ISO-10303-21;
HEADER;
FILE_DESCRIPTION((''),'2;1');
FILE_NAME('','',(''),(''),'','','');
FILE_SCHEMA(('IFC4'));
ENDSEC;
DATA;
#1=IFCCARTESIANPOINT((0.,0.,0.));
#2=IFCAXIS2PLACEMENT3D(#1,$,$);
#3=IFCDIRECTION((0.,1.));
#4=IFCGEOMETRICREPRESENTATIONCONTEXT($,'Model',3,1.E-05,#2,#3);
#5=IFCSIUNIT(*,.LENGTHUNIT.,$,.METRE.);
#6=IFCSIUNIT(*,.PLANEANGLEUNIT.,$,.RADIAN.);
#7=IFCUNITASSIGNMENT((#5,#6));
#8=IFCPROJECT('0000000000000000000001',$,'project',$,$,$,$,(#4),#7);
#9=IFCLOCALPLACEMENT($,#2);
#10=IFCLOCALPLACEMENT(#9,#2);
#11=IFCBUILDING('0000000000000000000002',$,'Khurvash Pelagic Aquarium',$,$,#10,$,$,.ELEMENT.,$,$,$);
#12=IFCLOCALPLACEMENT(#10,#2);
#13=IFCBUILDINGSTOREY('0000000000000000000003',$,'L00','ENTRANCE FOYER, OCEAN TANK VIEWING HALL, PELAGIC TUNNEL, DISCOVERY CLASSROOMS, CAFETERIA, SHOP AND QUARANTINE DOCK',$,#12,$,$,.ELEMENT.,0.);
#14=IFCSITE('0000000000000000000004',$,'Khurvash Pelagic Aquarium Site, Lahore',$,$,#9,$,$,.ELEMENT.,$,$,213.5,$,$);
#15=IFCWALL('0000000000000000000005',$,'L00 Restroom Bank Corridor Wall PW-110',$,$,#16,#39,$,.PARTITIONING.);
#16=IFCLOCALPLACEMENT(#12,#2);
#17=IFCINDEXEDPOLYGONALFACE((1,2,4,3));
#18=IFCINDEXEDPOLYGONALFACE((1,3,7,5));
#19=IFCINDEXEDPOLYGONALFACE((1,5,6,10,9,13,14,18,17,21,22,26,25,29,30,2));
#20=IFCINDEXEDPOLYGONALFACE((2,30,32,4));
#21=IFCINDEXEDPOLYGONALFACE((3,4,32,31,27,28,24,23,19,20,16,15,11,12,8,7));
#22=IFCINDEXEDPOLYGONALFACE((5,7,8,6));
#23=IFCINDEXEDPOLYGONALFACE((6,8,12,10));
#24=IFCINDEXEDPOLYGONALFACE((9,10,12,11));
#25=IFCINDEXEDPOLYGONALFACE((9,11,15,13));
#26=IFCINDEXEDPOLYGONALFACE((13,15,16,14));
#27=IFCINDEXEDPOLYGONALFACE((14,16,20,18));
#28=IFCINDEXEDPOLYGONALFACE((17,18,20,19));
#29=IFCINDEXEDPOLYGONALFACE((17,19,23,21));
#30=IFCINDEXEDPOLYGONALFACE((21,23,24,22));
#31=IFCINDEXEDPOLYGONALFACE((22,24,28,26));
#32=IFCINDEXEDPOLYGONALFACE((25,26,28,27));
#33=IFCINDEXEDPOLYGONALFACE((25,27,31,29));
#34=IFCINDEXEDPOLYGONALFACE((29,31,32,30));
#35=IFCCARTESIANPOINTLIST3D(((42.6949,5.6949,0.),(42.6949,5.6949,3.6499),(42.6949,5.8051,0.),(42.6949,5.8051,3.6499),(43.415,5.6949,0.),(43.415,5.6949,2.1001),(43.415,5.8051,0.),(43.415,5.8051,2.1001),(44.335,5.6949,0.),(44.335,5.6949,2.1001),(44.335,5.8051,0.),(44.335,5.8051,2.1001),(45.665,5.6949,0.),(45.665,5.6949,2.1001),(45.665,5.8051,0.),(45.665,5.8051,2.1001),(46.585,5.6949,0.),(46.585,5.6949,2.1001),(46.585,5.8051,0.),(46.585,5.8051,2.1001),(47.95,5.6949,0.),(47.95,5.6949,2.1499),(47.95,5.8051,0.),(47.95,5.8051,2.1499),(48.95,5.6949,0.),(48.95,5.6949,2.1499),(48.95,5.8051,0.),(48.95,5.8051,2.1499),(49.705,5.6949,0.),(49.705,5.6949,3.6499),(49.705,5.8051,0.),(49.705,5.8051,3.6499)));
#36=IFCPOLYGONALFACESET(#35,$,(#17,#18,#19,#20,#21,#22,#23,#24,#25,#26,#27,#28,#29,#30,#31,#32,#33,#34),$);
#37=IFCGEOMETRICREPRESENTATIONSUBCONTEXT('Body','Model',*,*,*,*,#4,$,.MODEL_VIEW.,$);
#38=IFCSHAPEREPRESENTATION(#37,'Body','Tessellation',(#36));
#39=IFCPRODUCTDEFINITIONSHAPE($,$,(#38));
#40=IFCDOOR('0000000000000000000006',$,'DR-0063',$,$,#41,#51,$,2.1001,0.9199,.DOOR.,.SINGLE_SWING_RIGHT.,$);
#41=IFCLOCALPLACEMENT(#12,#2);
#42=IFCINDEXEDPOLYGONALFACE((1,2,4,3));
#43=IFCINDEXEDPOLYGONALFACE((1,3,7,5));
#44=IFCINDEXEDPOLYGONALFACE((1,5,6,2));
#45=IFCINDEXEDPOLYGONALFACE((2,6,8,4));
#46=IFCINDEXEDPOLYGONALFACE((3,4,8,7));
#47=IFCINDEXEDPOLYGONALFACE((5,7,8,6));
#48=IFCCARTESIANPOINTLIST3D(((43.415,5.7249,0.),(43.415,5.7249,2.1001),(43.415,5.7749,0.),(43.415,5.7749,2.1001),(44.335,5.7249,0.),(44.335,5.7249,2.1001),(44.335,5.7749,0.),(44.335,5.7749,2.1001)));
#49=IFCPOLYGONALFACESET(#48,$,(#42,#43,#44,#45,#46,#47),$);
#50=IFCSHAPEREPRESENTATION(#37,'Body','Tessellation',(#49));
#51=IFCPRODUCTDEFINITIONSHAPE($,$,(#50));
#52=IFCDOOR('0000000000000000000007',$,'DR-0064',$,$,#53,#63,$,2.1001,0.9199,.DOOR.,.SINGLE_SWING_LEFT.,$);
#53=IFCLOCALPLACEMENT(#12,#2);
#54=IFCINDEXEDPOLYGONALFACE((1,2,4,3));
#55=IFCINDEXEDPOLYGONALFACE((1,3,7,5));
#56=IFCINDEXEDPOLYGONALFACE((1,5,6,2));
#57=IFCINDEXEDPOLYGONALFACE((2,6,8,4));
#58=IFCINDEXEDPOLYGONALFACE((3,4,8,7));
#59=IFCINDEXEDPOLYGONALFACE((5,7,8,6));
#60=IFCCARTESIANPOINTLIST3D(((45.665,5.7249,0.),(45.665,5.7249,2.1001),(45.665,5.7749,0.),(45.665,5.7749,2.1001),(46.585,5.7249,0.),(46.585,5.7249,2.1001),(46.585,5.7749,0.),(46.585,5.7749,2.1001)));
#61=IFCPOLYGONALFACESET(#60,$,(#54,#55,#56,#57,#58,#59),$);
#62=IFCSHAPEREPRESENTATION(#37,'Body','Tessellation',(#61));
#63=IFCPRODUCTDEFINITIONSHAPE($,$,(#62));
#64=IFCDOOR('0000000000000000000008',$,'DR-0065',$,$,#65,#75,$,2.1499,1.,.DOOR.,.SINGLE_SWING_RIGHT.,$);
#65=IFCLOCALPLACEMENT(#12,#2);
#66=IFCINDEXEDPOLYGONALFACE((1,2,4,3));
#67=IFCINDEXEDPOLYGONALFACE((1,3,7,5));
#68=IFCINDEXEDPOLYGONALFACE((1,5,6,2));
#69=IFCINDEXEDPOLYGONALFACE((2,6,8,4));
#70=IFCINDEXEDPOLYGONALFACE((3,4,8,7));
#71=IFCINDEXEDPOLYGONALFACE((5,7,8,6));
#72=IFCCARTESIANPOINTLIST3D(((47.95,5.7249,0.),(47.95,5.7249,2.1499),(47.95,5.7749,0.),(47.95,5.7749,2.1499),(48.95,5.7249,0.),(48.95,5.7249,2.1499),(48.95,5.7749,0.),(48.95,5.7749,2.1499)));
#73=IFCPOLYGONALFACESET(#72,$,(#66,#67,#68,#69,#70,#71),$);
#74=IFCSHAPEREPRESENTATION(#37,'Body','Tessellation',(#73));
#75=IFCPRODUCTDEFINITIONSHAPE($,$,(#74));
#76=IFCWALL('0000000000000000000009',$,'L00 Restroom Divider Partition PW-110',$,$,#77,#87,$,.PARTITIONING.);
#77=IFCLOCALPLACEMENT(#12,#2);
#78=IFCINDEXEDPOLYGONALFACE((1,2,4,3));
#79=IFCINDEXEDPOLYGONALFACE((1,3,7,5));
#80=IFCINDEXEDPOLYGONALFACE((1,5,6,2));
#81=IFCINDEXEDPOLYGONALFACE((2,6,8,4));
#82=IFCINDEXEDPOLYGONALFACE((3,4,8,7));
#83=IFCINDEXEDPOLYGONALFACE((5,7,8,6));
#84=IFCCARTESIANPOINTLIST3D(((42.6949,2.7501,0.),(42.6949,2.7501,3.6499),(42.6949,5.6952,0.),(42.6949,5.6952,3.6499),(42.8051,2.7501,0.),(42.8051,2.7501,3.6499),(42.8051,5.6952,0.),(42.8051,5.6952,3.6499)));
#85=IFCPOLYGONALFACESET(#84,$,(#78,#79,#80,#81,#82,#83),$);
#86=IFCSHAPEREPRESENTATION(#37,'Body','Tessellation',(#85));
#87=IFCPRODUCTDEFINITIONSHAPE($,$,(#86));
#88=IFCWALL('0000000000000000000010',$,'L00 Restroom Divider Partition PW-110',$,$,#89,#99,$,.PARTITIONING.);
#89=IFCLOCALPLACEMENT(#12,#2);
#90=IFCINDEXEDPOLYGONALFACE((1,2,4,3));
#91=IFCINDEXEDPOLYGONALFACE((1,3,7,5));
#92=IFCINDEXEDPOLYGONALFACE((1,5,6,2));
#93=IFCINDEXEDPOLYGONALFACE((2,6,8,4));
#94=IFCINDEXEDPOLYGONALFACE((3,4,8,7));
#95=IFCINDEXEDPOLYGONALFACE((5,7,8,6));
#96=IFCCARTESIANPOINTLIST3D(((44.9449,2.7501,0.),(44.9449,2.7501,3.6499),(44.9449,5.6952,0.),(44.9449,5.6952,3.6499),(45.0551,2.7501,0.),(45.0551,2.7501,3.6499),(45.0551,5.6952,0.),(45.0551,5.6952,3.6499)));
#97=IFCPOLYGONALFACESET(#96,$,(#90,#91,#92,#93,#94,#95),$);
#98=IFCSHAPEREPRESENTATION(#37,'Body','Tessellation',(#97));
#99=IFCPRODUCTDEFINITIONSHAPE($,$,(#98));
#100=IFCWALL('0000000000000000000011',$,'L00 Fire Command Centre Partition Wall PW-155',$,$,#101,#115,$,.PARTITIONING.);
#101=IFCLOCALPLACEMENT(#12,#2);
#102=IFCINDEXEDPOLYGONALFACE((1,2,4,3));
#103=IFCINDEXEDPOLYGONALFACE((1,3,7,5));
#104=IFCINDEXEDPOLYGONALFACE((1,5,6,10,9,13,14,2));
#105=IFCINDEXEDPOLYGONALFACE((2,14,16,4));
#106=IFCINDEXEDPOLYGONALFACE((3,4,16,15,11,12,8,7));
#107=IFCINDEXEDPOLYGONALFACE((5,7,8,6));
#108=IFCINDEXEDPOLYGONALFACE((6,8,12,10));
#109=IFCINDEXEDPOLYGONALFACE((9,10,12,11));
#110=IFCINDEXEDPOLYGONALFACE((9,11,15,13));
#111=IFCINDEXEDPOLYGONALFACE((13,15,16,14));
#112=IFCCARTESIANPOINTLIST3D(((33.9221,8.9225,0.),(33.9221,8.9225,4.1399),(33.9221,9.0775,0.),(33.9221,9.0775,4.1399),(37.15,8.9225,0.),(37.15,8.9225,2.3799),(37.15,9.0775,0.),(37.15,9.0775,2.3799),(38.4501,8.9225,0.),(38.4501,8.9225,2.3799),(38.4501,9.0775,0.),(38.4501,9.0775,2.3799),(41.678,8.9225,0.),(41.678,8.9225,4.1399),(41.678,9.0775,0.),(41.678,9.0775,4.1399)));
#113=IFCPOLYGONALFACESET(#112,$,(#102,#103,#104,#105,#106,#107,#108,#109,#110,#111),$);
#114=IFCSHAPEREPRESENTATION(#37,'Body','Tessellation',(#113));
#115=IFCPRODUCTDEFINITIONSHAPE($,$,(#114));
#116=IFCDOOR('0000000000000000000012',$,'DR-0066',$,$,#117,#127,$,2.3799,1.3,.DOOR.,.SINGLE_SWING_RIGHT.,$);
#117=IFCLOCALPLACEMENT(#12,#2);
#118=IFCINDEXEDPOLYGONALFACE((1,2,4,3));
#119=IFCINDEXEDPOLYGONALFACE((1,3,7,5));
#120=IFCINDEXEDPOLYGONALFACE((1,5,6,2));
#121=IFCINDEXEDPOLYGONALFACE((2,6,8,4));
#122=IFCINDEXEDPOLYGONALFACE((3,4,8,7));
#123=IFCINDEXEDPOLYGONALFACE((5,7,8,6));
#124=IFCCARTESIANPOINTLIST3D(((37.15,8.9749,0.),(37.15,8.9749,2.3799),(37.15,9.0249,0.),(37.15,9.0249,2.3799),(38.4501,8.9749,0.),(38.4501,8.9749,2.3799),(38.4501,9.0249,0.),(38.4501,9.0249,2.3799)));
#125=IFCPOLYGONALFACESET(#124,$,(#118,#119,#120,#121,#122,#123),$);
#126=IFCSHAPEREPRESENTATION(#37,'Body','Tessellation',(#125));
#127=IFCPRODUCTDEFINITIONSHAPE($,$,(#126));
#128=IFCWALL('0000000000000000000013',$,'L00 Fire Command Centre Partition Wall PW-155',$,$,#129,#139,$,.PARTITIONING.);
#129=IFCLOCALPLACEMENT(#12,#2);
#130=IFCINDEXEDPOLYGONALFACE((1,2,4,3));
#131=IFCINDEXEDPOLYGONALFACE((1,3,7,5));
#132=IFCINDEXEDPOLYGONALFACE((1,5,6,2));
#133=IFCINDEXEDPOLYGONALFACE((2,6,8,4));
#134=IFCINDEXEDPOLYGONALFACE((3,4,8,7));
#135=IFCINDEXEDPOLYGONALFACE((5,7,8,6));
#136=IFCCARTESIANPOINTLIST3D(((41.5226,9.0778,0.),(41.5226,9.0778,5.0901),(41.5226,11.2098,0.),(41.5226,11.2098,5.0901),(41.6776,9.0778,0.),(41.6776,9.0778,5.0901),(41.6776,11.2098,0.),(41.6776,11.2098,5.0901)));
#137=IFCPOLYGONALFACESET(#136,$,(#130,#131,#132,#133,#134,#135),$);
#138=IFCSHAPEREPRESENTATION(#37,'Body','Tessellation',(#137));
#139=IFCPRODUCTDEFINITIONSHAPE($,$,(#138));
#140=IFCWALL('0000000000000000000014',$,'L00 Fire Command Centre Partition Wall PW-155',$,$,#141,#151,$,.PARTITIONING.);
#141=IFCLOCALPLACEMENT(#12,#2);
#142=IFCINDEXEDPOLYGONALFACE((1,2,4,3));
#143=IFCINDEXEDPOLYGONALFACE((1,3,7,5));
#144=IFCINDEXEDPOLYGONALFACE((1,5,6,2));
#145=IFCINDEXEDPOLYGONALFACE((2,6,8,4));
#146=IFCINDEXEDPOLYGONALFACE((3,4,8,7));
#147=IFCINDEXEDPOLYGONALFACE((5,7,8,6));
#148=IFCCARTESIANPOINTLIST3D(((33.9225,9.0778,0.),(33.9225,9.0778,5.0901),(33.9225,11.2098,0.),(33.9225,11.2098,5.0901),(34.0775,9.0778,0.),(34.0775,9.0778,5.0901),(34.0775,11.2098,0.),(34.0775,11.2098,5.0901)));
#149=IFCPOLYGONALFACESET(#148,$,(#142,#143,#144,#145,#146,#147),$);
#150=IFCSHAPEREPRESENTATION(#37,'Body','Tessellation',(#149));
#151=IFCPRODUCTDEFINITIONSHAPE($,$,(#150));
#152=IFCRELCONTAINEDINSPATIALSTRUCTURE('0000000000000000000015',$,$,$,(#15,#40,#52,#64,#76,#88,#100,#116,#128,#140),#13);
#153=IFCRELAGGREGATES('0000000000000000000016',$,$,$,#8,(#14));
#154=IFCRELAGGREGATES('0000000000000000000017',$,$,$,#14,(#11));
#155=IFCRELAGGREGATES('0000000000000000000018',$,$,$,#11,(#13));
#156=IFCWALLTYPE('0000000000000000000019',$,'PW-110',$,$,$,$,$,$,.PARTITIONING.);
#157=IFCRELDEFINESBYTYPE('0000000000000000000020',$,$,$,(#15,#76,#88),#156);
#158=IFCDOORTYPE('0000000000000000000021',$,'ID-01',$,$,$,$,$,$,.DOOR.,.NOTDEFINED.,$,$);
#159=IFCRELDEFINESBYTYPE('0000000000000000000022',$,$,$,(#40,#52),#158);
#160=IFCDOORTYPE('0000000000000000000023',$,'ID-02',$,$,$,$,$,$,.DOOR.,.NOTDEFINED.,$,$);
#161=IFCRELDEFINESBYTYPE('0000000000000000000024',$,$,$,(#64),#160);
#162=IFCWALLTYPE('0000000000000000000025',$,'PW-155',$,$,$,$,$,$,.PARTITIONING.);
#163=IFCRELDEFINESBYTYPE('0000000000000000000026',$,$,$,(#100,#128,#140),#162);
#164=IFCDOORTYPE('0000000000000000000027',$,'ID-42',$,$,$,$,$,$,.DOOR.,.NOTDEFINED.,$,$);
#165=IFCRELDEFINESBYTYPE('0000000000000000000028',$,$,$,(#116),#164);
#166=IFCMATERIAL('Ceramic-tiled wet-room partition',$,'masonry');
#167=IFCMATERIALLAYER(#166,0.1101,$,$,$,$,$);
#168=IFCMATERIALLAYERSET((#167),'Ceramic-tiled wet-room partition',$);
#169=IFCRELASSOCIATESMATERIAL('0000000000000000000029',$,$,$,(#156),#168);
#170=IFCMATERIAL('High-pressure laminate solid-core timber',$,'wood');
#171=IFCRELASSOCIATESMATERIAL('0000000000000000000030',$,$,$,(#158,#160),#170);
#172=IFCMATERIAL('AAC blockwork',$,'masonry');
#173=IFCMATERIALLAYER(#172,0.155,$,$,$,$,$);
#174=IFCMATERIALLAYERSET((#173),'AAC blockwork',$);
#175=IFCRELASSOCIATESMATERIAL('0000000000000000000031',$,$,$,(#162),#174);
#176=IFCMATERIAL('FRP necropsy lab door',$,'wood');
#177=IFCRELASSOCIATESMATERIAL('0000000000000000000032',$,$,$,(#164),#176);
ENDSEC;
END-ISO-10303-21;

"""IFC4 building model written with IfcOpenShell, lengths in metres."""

from ifc_helpers import new_model, si_unit, direction, frame, frame_2d, origin, place, context, subcontext, project, spatial, rectangle, extrude, material, layer, layer_set, type_object, element, fill, save


model = new_model("IFC4")

# Units and contexts
model_context = context("Model", 3, precision=1e-05, world=origin(), true_north=direction((0.0, 1.0)))
body_context = subcontext(model_context, "Body", "Model", "MODEL_VIEW")
ifc_project = project(units=[si_unit("LENGTHUNIT", "METRE"), si_unit("PLANEANGLEUNIT", "RADIAN")], contexts=[model_context])

# Site, building, storey
site_placement = place(None, origin())
site = spatial("IfcSite", under=ifc_project, at=site_placement, Name="Khurvash Pelagic Aquarium Site, Lahore", CompositionType="ELEMENT", RefElevation=213.5)
building_placement = place(site_placement, origin())
building = spatial("IfcBuilding", under=site, at=building_placement, Name="Khurvash Pelagic Aquarium", CompositionType="ELEMENT")
storey_placement = place(building_placement, origin())
storey = spatial("IfcBuildingStorey", under=building, at=storey_placement, Name="L00", Description="ENTRANCE FOYER, OCEAN TANK VIEWING HALL, PELAGIC TUNNEL, DISCOVERY CLASSROOMS, CAFETERIA, SHOP AND QUARANTINE DOCK", CompositionType="ELEMENT", Elevation=0.0)

# Wall, openings, doors
ifc_material_1 = material(Name="Ceramic-tiled wet-room partition", Category="masonry")
ifc_layer_1 = layer(ifc_material_1, 0.1101)
ifc_layer_set_1 = layer_set([ifc_layer_1], Name="Ceramic-tiled wet-room partition")
wall_type_1 = type_object("IfcWallType", Name="PW-110", PredefinedType="PARTITIONING", material=ifc_layer_set_1)
wall_1_placement = place(storey_placement, frame((42.6951, 5.75, 0.0), z_axis=(0.0, 0.0, 1.0), x_axis=(1.0, 0.0, 0.0)))
wall_1 = element("IfcWall", 1, at=wall_1_placement, inside=storey, type_object=wall_type_1, Name="L00 Restroom Bank Corridor Wall PW-110", PredefinedType="PARTITIONING", context=body_context, shape_type="SweptSolid", body=[
    extrude(rectangle(XDim=7.01, YDim=0.1101, at=frame_2d((3.5049, 0.0))), origin(), (0.0, 0.0, 1.0), 3.6499),
])
opening_1_placement = place(wall_1_placement, frame((0.72, 0.0, 0.0)))
opening_1 = element("IfcOpeningElement", 2, at=opening_1_placement, cuts=wall_1, PredefinedType="OPENING", context=body_context, shape_type="SweptSolid", body=[
    extrude(rectangle(XDim=0.9199, YDim=2.1001, at=frame_2d((0.46, 1.05))), frame((0.0, 0.0649, 0.0), z_axis=(0.0, -1.0, 0.0), x_axis=(1.0, 0.0, 0.0)), (0.0, 0.0, 1.0), 0.1301),
])
opening_2_placement = place(wall_1_placement, frame((2.97, 0.0, 0.0)))
opening_2 = element("IfcOpeningElement", 3, at=opening_2_placement, cuts=wall_1, PredefinedType="OPENING", context=body_context, shape_type="SweptSolid", body=[
    extrude(rectangle(XDim=0.9199, YDim=2.1001, at=frame_2d((0.46, 1.05))), frame((0.0, 0.0649, 0.0), z_axis=(0.0, -1.0, 0.0), x_axis=(1.0, 0.0, 0.0)), (0.0, 0.0, 1.0), 0.1301),
])
opening_3_placement = place(wall_1_placement, frame((5.2549, 0.0, 0.0)))
opening_3 = element("IfcOpeningElement", 4, at=opening_3_placement, cuts=wall_1, PredefinedType="OPENING", context=body_context, shape_type="SweptSolid", body=[
    extrude(rectangle(XDim=1.0, YDim=2.1499, at=frame_2d((0.5, 1.075))), frame((0.0, 0.0649, 0.0), z_axis=(0.0, -1.0, 0.0), x_axis=(1.0, 0.0, 0.0)), (0.0, 0.0, 1.0), 0.1301),
])
ifc_material_2 = material(Name="High-pressure laminate solid-core timber", Category="wood")
door_type_1 = type_object("IfcDoorType", Name="ID-01", OperationType="NOTDEFINED", PredefinedType="DOOR", material=ifc_material_2)
door_1_placement = place(opening_1_placement, origin())
door_1 = element("IfcDoor", 5, at=door_1_placement, inside=storey, type_object=door_type_1, Name="DR-0063", OperationType="SINGLE_SWING_RIGHT", OverallHeight=2.1001, OverallWidth=0.9199, PredefinedType="DOOR", context=body_context, shape_type="SweptSolid", body=[
    extrude(rectangle(XDim=0.9199, YDim=2.1001, at=frame_2d((0.46, 1.05))), frame((0.0, 0.0249, 0.0), z_axis=(0.0, -1.0, 0.0), x_axis=(1.0, 0.0, 0.0)), (0.0, 0.0, 1.0), 0.05),
])
fill(opening_1, door_1)
door_2_placement = place(opening_2_placement, origin())
door_2 = element("IfcDoor", 6, at=door_2_placement, inside=storey, type_object=door_type_1, Name="DR-0064", OperationType="SINGLE_SWING_LEFT", OverallHeight=2.1001, OverallWidth=0.9199, PredefinedType="DOOR", context=body_context, shape_type="SweptSolid", body=[
    extrude(rectangle(XDim=0.9199, YDim=2.1001, at=frame_2d((0.46, 1.05))), frame((0.0, 0.0249, 0.0), z_axis=(0.0, -1.0, 0.0), x_axis=(1.0, 0.0, 0.0)), (0.0, 0.0, 1.0), 0.05),
])
fill(opening_2, door_2)
door_type_2 = type_object("IfcDoorType", Name="ID-02", OperationType="NOTDEFINED", PredefinedType="DOOR", material=ifc_material_2)
door_3_placement = place(opening_3_placement, origin())
door_3 = element("IfcDoor", 7, at=door_3_placement, inside=storey, type_object=door_type_2, Name="DR-0065", OperationType="SINGLE_SWING_RIGHT", OverallHeight=2.1499, OverallWidth=1.0, PredefinedType="DOOR", context=body_context, shape_type="SweptSolid", body=[
    extrude(rectangle(XDim=1.0, YDim=2.1499, at=frame_2d((0.5, 1.075))), frame((0.0, 0.0249, 0.0), z_axis=(0.0, -1.0, 0.0), x_axis=(1.0, 0.0, 0.0)), (0.0, 0.0, 1.0), 0.05),
])
fill(opening_3, door_3)

# Walls
for number, where, z_axis, x_axis, name in (
    (8, (42.75, 2.75, 0.0), (0.0, 0.0, 1.0), (0.0, 1.0, 0.0), "L00 Restroom Divider Partition PW-110"),
    (9, (45.0, 2.75, 0.0), (0.0, 0.0, 1.0), (0.0, 1.0, 0.0), "L00 Restroom Divider Partition PW-110"),
):
    element("IfcWall", number, at=place(storey_placement, frame(where, z_axis=z_axis, x_axis=x_axis)), inside=storey, type_object=wall_type_1, Name=name, PredefinedType="PARTITIONING", context=body_context, shape_type="SweptSolid", body=[
        extrude(rectangle(XDim=2.9451, YDim=0.1101, at=frame_2d((1.4727, 0.0))), origin(), (0.0, 0.0, 1.0), 3.6499),
    ])

# Wall, opening, door
ifc_material_3 = material(Name="AAC blockwork", Category="masonry")
ifc_layer_2 = layer(ifc_material_3, 0.155)
ifc_layer_set_2 = layer_set([ifc_layer_2], Name="AAC blockwork")
wall_type_2 = type_object("IfcWallType", Name="PW-155", PredefinedType="PARTITIONING", material=ifc_layer_set_2)
wall_2_placement = place(storey_placement, frame((33.9221, 9.0, 0.0), z_axis=(0.0, 0.0, 1.0), x_axis=(1.0, 0.0, 0.0)))
wall_2 = element("IfcWall", 10, at=wall_2_placement, inside=storey, type_object=wall_type_2, Name="L00 Fire Command Centre Partition Wall PW-155", PredefinedType="PARTITIONING", context=body_context, shape_type="SweptSolid", body=[
    extrude(rectangle(XDim=7.7559, YDim=0.155, at=frame_2d((3.8779, 0.0))), origin(), (0.0, 0.0, 1.0), 4.1399),
])
opening_4_placement = place(wall_2_placement, frame((3.228, 0.0, 0.0)))
opening_4 = element("IfcOpeningElement", 11, at=opening_4_placement, cuts=wall_2, PredefinedType="OPENING", context=body_context, shape_type="SweptSolid", body=[
    extrude(rectangle(XDim=1.3, YDim=2.3799, at=frame_2d((0.6499, 1.1899))), frame((0.0, 0.0874, 0.0), z_axis=(0.0, -1.0, 0.0), x_axis=(1.0, 0.0, 0.0)), (0.0, 0.0, 1.0), 0.175),
])
ifc_material_4 = material(Name="FRP necropsy lab door", Category="wood")
door_type_3 = type_object("IfcDoorType", Name="ID-42", OperationType="NOTDEFINED", PredefinedType="DOOR", material=ifc_material_4)
door_4_placement = place(opening_4_placement, origin())
door_4 = element("IfcDoor", 12, at=door_4_placement, inside=storey, type_object=door_type_3, Name="DR-0066", OperationType="SINGLE_SWING_RIGHT", OverallHeight=2.3799, OverallWidth=1.3, PredefinedType="DOOR", context=body_context, shape_type="SweptSolid", body=[
    extrude(rectangle(XDim=1.3, YDim=2.3799, at=frame_2d((0.6499, 1.1899))), frame((0.0, 0.0249, 0.0), z_axis=(0.0, -1.0, 0.0), x_axis=(1.0, 0.0, 0.0)), (0.0, 0.0, 1.0), 0.05),
])
fill(opening_4, door_4)

# Walls
for number, where, z_axis, x_axis, name in (
    (13, (41.6001, 9.0779, 0.0), (0.0, 0.0, 1.0), (0.0, 1.0, 0.0), "L00 Fire Command Centre Partition Wall PW-155"),
    (14, (34.0, 9.0779, 0.0), (0.0, 0.0, 1.0), (0.0, 1.0, 0.0), "L00 Fire Command Centre Partition Wall PW-155"),
):
    element("IfcWall", number, at=place(storey_placement, frame(where, z_axis=z_axis, x_axis=x_axis)), inside=storey, type_object=wall_type_2, Name=name, PredefinedType="PARTITIONING", context=body_context, shape_type="SweptSolid", body=[
        extrude(rectangle(XDim=2.1321, YDim=0.155, at=frame_2d((1.0659, 0.0))), origin(), (0.0, 0.0, 1.0), 5.0901),
    ])

save(model, "model.ifc")
